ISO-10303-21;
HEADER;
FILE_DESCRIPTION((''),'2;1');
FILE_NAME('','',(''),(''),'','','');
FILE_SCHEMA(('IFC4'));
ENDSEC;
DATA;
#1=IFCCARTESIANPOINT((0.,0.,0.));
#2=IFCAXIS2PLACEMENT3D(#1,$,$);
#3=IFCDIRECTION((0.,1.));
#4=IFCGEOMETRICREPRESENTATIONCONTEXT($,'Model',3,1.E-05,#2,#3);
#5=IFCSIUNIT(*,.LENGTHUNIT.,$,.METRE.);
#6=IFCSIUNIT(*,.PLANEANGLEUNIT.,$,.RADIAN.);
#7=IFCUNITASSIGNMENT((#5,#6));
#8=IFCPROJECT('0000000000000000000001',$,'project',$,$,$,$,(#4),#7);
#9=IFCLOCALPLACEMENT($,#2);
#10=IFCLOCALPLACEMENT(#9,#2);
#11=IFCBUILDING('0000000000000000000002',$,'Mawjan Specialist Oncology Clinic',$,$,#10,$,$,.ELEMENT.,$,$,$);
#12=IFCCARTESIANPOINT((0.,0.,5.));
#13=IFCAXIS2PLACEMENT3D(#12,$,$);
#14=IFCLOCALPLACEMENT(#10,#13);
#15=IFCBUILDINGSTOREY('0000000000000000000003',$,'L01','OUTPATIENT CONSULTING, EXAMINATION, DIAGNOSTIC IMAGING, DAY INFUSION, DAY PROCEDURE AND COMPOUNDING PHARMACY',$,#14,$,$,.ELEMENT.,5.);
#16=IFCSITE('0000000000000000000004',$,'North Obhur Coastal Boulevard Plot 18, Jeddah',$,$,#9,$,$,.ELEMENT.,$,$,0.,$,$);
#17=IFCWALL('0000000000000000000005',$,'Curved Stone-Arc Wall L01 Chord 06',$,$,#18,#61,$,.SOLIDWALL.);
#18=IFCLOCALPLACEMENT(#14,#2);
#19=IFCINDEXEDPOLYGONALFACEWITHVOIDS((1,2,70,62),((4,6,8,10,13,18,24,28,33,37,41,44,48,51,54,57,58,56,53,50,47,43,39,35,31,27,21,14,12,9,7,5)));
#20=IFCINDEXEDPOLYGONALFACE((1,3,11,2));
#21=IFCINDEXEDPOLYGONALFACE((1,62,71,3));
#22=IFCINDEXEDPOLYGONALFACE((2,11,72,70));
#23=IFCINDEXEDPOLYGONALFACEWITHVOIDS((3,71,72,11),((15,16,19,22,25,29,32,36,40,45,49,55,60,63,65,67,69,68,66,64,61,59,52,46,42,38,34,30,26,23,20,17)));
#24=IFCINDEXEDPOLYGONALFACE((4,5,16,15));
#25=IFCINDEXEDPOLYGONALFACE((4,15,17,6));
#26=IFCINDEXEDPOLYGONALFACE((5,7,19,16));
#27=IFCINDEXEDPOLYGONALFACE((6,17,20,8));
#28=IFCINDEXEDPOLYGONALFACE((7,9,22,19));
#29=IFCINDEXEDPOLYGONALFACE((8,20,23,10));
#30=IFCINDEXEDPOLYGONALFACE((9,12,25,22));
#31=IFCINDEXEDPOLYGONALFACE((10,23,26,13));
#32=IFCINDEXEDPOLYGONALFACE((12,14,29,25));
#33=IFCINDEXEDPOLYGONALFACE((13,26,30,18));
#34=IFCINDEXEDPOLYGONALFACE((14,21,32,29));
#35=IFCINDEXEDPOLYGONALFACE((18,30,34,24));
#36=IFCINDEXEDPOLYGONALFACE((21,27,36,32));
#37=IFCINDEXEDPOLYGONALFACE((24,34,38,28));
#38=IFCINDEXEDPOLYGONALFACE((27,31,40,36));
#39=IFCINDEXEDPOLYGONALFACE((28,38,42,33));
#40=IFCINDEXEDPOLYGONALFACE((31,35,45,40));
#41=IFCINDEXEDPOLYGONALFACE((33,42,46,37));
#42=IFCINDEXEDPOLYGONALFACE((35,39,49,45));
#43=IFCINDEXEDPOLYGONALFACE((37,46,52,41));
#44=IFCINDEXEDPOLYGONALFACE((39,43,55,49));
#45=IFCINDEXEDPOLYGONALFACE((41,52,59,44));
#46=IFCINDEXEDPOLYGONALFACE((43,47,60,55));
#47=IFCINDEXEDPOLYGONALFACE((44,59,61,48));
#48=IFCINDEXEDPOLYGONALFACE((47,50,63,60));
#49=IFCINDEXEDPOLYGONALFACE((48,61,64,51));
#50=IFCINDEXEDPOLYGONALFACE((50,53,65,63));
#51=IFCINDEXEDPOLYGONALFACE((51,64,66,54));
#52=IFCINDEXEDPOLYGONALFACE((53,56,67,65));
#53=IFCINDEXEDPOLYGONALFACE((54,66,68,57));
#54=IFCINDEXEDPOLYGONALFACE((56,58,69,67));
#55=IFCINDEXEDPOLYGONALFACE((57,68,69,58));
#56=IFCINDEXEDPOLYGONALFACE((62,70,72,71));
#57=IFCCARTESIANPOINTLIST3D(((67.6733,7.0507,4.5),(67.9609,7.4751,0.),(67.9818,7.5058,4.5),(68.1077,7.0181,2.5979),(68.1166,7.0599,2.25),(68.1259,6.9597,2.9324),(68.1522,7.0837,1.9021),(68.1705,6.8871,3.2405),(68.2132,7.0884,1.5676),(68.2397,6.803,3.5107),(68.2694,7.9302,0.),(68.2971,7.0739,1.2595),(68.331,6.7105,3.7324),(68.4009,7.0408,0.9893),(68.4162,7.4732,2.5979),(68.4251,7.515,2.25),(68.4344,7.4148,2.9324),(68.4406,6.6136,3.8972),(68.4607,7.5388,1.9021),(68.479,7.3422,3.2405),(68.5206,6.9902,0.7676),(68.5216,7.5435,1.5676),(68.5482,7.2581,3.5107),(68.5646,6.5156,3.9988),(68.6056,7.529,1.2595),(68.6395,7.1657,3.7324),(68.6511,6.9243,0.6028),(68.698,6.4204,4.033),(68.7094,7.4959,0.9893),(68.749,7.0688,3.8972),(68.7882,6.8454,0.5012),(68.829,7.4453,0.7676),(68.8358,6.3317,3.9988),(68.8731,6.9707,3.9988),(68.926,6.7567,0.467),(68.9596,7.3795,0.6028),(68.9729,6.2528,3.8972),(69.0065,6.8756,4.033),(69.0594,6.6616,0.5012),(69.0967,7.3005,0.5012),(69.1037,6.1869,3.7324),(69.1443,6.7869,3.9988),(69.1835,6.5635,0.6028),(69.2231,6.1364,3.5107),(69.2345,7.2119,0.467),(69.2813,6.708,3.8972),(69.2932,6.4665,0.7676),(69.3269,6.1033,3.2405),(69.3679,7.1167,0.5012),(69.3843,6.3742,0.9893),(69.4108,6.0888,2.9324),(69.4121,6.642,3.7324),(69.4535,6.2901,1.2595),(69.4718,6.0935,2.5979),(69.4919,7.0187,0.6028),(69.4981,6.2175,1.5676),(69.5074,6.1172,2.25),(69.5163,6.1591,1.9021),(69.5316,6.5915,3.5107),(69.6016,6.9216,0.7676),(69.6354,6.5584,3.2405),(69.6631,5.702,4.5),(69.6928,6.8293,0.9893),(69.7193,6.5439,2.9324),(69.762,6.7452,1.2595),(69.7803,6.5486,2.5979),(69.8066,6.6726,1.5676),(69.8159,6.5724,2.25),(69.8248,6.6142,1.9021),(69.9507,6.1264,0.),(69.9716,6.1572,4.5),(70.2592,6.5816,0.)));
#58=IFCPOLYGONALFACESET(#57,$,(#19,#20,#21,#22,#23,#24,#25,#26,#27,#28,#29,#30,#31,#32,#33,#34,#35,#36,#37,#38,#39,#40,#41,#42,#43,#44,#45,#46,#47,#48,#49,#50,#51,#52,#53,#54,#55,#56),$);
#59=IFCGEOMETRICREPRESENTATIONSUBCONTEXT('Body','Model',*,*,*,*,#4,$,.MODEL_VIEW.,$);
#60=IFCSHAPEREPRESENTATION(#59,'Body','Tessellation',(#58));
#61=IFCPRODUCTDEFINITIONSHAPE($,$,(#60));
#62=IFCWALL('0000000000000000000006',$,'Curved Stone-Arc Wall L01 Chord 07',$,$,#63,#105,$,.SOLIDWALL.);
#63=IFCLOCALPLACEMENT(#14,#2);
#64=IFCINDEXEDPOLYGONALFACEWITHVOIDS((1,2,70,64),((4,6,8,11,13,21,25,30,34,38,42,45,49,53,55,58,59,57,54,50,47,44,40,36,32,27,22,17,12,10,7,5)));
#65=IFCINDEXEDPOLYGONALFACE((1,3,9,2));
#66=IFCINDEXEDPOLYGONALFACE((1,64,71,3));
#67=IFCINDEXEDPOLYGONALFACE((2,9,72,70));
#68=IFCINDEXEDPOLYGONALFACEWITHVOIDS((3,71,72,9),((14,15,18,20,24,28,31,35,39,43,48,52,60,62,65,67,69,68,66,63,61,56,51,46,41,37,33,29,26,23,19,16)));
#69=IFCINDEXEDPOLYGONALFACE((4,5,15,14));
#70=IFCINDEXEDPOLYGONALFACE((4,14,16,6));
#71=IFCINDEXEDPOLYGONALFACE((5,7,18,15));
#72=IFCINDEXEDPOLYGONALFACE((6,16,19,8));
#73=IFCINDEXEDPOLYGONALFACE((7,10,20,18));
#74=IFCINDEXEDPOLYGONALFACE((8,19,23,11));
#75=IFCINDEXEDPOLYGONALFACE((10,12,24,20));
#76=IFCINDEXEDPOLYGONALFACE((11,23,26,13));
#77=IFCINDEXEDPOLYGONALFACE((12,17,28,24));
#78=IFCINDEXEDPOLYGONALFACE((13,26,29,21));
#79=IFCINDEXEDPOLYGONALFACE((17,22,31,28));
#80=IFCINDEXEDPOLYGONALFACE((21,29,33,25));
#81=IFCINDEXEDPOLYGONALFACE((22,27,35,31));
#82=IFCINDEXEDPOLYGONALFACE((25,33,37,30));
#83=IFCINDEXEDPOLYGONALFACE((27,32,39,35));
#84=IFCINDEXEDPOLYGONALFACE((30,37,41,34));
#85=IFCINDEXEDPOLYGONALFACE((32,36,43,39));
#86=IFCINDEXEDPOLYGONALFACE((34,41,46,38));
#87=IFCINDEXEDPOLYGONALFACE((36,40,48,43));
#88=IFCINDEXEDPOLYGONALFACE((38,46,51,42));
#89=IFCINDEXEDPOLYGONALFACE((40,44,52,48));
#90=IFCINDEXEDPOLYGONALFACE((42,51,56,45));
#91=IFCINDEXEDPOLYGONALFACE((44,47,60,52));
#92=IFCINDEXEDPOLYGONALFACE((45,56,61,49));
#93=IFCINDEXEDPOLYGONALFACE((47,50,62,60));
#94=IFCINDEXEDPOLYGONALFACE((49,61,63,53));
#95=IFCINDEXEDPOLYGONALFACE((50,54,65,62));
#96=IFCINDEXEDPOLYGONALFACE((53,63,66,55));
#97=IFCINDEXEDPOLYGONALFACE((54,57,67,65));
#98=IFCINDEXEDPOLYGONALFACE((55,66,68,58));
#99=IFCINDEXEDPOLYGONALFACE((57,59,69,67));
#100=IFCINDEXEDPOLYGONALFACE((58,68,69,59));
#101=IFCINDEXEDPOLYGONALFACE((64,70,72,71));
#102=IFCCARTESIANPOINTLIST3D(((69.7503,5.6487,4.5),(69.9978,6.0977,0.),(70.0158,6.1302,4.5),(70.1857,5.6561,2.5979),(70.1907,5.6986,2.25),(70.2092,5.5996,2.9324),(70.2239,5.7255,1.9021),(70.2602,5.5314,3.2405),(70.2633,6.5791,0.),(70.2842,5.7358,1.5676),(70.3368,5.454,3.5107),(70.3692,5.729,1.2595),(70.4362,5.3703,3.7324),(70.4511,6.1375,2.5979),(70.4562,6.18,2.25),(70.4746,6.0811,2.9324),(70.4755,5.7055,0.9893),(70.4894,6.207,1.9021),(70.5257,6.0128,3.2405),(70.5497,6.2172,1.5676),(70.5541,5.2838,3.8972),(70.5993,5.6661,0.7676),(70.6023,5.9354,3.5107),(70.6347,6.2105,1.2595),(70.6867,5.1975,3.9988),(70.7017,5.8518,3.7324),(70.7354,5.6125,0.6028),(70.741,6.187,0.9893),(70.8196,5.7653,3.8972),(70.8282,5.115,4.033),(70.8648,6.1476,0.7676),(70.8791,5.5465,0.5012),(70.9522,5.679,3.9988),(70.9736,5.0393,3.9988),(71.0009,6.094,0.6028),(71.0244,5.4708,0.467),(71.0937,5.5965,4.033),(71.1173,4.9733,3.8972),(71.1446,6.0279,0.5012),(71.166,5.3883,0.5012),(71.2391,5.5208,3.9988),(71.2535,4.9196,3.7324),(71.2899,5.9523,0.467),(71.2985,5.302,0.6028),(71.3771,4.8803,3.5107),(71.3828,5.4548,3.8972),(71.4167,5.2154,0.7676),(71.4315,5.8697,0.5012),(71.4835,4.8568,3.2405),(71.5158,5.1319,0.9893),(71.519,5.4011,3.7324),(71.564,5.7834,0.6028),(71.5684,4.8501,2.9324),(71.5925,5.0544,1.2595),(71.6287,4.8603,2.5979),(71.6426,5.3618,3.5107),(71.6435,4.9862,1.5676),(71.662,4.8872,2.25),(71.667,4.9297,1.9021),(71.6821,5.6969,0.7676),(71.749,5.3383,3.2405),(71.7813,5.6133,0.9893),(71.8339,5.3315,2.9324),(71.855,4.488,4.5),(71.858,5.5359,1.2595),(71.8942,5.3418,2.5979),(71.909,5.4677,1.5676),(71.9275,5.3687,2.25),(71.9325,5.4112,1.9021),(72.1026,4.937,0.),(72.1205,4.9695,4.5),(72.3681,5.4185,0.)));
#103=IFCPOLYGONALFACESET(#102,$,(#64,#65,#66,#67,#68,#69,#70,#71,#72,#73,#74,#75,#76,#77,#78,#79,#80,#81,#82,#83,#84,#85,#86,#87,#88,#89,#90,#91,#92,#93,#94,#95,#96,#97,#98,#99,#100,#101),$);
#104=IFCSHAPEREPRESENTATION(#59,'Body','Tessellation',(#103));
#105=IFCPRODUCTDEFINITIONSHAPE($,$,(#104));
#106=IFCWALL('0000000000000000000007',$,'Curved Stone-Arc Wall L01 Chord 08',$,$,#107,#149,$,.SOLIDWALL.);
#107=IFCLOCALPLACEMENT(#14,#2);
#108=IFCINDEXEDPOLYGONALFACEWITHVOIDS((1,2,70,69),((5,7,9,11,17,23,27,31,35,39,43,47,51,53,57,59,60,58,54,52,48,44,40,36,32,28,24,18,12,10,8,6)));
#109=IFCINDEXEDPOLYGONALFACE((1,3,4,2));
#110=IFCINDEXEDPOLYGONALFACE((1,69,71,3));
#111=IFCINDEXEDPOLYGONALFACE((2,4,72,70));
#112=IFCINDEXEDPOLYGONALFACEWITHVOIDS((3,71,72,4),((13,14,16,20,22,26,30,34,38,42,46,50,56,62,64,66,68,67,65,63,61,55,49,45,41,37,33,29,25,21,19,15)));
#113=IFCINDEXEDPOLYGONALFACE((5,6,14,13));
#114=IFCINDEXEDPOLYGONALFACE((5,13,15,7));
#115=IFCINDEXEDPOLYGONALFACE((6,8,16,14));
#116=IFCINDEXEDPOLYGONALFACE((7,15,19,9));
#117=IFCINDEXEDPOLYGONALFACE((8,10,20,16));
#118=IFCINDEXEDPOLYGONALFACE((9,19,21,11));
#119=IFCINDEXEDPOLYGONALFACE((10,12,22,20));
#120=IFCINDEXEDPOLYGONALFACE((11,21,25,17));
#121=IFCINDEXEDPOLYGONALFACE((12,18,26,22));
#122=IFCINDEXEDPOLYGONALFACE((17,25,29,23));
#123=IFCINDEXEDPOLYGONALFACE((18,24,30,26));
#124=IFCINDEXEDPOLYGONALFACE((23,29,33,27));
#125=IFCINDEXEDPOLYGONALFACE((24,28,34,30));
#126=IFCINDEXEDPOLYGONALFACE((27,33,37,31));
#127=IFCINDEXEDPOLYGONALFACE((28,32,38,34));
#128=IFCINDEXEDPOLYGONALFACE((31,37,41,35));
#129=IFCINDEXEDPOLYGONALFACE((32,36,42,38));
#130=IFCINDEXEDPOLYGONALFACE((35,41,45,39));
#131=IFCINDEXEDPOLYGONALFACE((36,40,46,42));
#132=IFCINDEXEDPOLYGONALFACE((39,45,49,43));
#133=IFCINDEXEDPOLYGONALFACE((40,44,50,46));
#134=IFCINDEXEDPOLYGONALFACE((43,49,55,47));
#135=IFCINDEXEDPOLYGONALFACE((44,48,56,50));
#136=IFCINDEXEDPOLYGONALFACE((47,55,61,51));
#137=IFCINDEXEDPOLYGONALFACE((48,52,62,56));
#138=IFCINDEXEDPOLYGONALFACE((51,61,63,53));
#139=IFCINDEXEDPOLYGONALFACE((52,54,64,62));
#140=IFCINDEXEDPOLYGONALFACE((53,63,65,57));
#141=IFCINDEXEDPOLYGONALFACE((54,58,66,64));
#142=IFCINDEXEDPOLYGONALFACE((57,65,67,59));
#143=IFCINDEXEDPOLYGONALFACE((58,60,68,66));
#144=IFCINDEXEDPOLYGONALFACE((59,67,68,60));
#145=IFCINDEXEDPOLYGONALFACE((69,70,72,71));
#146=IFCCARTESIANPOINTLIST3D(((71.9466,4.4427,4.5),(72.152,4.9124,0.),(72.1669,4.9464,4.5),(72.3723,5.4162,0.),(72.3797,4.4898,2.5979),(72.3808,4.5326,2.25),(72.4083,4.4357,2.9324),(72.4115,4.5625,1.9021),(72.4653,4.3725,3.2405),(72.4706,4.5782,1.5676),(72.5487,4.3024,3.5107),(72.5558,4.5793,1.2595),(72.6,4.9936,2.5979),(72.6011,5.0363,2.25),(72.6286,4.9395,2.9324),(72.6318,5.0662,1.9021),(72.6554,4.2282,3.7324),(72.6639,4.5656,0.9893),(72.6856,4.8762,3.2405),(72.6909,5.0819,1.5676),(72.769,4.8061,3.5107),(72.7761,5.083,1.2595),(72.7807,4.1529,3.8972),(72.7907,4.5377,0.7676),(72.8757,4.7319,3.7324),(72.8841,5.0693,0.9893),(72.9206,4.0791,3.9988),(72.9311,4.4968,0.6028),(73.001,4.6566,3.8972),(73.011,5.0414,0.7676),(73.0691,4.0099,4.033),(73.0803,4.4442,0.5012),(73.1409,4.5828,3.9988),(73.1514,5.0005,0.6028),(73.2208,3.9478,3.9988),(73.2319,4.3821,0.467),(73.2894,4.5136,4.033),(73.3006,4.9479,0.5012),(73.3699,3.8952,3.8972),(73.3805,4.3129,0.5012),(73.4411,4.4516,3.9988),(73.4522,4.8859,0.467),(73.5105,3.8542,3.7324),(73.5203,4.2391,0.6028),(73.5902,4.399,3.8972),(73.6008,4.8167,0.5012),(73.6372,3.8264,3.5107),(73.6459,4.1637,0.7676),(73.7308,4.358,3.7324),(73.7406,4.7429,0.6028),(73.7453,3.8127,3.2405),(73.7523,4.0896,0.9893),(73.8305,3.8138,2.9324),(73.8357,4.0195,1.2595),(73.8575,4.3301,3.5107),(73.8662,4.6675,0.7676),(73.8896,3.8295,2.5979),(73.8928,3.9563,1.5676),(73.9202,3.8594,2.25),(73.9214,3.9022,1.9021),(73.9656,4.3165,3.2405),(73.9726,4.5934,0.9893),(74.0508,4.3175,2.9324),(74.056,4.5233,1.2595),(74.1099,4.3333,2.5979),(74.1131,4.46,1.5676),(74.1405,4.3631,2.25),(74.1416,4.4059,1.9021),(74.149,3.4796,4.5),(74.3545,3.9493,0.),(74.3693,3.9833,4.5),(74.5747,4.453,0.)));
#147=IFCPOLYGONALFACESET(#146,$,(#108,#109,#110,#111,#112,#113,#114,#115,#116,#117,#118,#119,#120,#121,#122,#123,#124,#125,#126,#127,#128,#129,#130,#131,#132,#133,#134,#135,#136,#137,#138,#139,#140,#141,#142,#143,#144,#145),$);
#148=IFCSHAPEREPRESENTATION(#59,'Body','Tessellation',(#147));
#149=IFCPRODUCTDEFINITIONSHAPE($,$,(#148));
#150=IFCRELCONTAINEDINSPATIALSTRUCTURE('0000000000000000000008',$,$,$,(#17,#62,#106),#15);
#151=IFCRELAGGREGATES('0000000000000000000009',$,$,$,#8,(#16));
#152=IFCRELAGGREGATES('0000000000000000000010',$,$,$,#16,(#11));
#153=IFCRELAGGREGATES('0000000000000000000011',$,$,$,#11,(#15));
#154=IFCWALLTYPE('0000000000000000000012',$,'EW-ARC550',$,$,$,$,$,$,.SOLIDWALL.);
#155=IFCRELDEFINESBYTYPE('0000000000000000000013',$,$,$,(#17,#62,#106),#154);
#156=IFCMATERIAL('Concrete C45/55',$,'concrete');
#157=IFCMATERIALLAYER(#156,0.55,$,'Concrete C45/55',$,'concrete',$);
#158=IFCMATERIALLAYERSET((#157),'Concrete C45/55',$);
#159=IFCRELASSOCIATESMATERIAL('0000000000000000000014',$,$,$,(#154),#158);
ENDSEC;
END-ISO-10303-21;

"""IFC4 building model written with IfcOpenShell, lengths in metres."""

from ifc_helpers import new_model, si_unit, direction, frame, origin, place, context, subcontext, project, spatial, polyline, outline, extrude, material, layer, layer_set, type_object, element, save


model = new_model("IFC4")

# Units and contexts
model_context = context("Model", 3, precision=1e-05, world=origin(), true_north=direction((0.0, 1.0)))
body_context = subcontext(model_context, "Body", "Model", "MODEL_VIEW")
ifc_project = project(units=[si_unit("LENGTHUNIT", "METRE"), si_unit("PLANEANGLEUNIT", "RADIAN")], contexts=[model_context])

# Site, building, storey
site_placement = place(None, origin())
site = spatial("IfcSite", under=ifc_project, at=site_placement, Name="North Obhur Coastal Boulevard Plot 18, Jeddah", CompositionType="ELEMENT", RefElevation=0.0)
building_placement = place(site_placement, origin())
building = spatial("IfcBuilding", under=site, at=building_placement, Name="Mawjan Specialist Oncology Clinic", CompositionType="ELEMENT")
storey_placement = place(building_placement, frame((0.0, 0.0, 5.0)))
storey = spatial("IfcBuildingStorey", under=building, at=storey_placement, Name="L01", Description="OUTPATIENT CONSULTING, EXAMINATION, DIAGNOSTIC IMAGING, DAY INFUSION, DAY PROCEDURE AND COMPOUNDING PHARMACY", CompositionType="ELEMENT", Elevation=5.0)

# Walls, openings
ifc_material_1 = material(Name="Concrete C45/55", Category="concrete")
ifc_layer_1 = layer(ifc_material_1, 0.55, Name="Concrete C45/55", Category="concrete")
ifc_layer_set_1 = layer_set([ifc_layer_1], Name="Concrete C45/55")
wall_type_1 = type_object("IfcWallType", Name="EW-ARC550", PredefinedType="SOLIDWALL", material=ifc_layer_set_1)
wall_1_placement = place(storey_placement, frame((70.105, 6.354, 0.0), z_axis=(0.0, 0.0, 1.0), x_axis=(-0.827776, 0.561059, 0.0)))
wall_1 = element("IfcWall", 1, at=wall_1_placement, inside=storey, type_object=wall_type_1, Name="Curved Stone-Arc Wall L01 Chord 06", PredefinedType="SOLIDWALL", context=body_context, shape_type="SweptSolid", body=[
    extrude(outline(polyline([(-0.2749, 0.0), (0.2749, 0.0), (0.7876, 4.5), (0.2378, 4.5), (-0.2749, 0.0)])), frame((0.0, 0.0, 0.0), z_axis=(1.0, 0.0, 0.0), x_axis=(0.0, 1.0, 0.0)), (0.0, 0.0, 1.0), 2.4038),
])
opening_1_placement = place(wall_1_placement, origin())
element("IfcOpeningElement", 2, at=opening_1_placement, cuts=wall_1, PredefinedType="OPENING", context=body_context, shape_type="SweptSolid", body=[
    extrude(outline(polyline([(2.042, 2.25), (2.0259, 2.5979), (1.978, 2.9324), (1.9004, 3.2405), (1.7959, 3.5107), (1.6685, 3.7324), (1.5234, 3.8972), (1.3657, 3.9988), (1.2019, 4.033), (1.0381, 3.9988), (0.8804, 3.8972), (0.7351, 3.7324), (0.6079, 3.5107), (0.5034, 3.2405), (0.4258, 2.9324), (0.3779, 2.5979), (0.3618, 2.25), (0.3779, 1.9021), (0.4258, 1.5676), (0.5034, 1.2595), (0.6079, 0.9893), (0.7351, 0.7676), (0.8804, 0.6028), (1.0381, 0.5012), (1.2019, 0.467), (1.3657, 0.5012), (1.5234, 0.6028), (1.6685, 0.7676), (1.7959, 0.9893), (1.9004, 1.2595), (1.978, 1.5676), (2.0259, 1.9021), (2.042, 2.25)])), frame((0.0, 0.8076, 0.0), z_axis=(0.0, -1.0, 0.0), x_axis=(1.0, 0.0, 0.0)), (0.0, 0.0, 1.0), 1.1028),
])
wall_2_placement = place(storey_placement, frame((72.2354, 5.1777, 0.0), z_axis=(0.0, 0.0, 1.0), x_axis=(-0.875681, 0.482889, 0.0)))
wall_2 = element("IfcWall", 3, at=wall_2_placement, inside=storey, type_object=wall_type_1, Name="Curved Stone-Arc Wall L01 Chord 07", PredefinedType="SOLIDWALL", context=body_context, shape_type="SweptSolid", body=[
    extrude(outline(polyline([(-0.2749, 0.0), (0.2749, 0.0), (0.7876, 4.5), (0.2378, 4.5), (-0.2749, 0.0)])), frame((0.0, 0.0, 0.0), z_axis=(1.0, 0.0, 0.0), x_axis=(0.0, 1.0, 0.0)), (0.0, 0.0, 1.0), 2.4036),
])
opening_2_placement = place(wall_2_placement, origin())
element("IfcOpeningElement", 4, at=opening_2_placement, cuts=wall_2, PredefinedType="OPENING", context=body_context, shape_type="SweptSolid", body=[
    extrude(outline(polyline([(2.042, 2.25), (2.0259, 2.5979), (1.978, 2.9324), (1.9004, 3.2405), (1.7959, 3.5107), (1.6685, 3.7324), (1.5234, 3.8972), (1.3657, 3.9988), (1.2019, 4.033), (1.0381, 3.9988), (0.8804, 3.8972), (0.7351, 3.7324), (0.6079, 3.5107), (0.5034, 3.2405), (0.4258, 2.9324), (0.3779, 2.5979), (0.3618, 2.25), (0.3779, 1.9021), (0.4258, 1.5676), (0.5034, 1.2595), (0.6079, 0.9893), (0.7351, 0.7676), (0.8804, 0.6028), (1.0381, 0.5012), (1.2019, 0.467), (1.3657, 0.5012), (1.5234, 0.6028), (1.6685, 0.7676), (1.7959, 0.9893), (1.9004, 1.2595), (1.978, 1.5676), (2.0259, 1.9021), (2.042, 2.25)])), frame((0.0, 0.8076, 0.0), z_axis=(0.0, -1.0, 0.0), x_axis=(1.0, 0.0, 0.0)), (0.0, 0.0, 1.0), 1.1028),
])
wall_3_placement = place(storey_placement, frame((74.4646, 4.2012, 0.0), z_axis=(0.0, 0.0, 1.0), x_axis=(-0.91622, 0.400675, 0.0)))
wall_3 = element("IfcWall", 5, at=wall_3_placement, inside=storey, type_object=wall_type_1, Name="Curved Stone-Arc Wall L01 Chord 08", PredefinedType="SOLIDWALL", context=body_context, shape_type="SweptSolid", body=[
    extrude(outline(polyline([(-0.2749, 0.0), (0.2749, 0.0), (0.7876, 4.5), (0.2378, 4.5), (-0.2749, 0.0)])), frame((0.0, 0.0, 0.0), z_axis=(1.0, 0.0, 0.0), x_axis=(0.0, 1.0, 0.0)), (0.0, 0.0, 1.0), 2.4038),
])
opening_3_placement = place(wall_3_placement, origin())
element("IfcOpeningElement", 6, at=opening_3_placement, cuts=wall_3, PredefinedType="OPENING", context=body_context, shape_type="SweptSolid", body=[
    extrude(outline(polyline([(2.042, 2.25), (2.0259, 2.5979), (1.978, 2.9324), (1.9004, 3.2405), (1.7959, 3.5107), (1.6685, 3.7324), (1.5234, 3.8972), (1.3657, 3.9988), (1.2019, 4.033), (1.0381, 3.9988), (0.8804, 3.8972), (0.7351, 3.7324), (0.6079, 3.5107), (0.5034, 3.2405), (0.4258, 2.9324), (0.3779, 2.5979), (0.3618, 2.25), (0.3779, 1.9021), (0.4258, 1.5676), (0.5034, 1.2595), (0.6079, 0.9893), (0.7351, 0.7676), (0.8804, 0.6028), (1.0381, 0.5012), (1.2019, 0.467), (1.3657, 0.5012), (1.5234, 0.6028), (1.6685, 0.7676), (1.7959, 0.9893), (1.9004, 1.2595), (1.978, 1.5676), (2.0259, 1.9021), (2.042, 2.25)])), frame((0.0, 0.8076, 0.0), z_axis=(0.0, -1.0, 0.0), x_axis=(1.0, 0.0, 0.0)), (0.0, 0.0, 1.0), 1.1028),
])

save(model, "model.ifc")
